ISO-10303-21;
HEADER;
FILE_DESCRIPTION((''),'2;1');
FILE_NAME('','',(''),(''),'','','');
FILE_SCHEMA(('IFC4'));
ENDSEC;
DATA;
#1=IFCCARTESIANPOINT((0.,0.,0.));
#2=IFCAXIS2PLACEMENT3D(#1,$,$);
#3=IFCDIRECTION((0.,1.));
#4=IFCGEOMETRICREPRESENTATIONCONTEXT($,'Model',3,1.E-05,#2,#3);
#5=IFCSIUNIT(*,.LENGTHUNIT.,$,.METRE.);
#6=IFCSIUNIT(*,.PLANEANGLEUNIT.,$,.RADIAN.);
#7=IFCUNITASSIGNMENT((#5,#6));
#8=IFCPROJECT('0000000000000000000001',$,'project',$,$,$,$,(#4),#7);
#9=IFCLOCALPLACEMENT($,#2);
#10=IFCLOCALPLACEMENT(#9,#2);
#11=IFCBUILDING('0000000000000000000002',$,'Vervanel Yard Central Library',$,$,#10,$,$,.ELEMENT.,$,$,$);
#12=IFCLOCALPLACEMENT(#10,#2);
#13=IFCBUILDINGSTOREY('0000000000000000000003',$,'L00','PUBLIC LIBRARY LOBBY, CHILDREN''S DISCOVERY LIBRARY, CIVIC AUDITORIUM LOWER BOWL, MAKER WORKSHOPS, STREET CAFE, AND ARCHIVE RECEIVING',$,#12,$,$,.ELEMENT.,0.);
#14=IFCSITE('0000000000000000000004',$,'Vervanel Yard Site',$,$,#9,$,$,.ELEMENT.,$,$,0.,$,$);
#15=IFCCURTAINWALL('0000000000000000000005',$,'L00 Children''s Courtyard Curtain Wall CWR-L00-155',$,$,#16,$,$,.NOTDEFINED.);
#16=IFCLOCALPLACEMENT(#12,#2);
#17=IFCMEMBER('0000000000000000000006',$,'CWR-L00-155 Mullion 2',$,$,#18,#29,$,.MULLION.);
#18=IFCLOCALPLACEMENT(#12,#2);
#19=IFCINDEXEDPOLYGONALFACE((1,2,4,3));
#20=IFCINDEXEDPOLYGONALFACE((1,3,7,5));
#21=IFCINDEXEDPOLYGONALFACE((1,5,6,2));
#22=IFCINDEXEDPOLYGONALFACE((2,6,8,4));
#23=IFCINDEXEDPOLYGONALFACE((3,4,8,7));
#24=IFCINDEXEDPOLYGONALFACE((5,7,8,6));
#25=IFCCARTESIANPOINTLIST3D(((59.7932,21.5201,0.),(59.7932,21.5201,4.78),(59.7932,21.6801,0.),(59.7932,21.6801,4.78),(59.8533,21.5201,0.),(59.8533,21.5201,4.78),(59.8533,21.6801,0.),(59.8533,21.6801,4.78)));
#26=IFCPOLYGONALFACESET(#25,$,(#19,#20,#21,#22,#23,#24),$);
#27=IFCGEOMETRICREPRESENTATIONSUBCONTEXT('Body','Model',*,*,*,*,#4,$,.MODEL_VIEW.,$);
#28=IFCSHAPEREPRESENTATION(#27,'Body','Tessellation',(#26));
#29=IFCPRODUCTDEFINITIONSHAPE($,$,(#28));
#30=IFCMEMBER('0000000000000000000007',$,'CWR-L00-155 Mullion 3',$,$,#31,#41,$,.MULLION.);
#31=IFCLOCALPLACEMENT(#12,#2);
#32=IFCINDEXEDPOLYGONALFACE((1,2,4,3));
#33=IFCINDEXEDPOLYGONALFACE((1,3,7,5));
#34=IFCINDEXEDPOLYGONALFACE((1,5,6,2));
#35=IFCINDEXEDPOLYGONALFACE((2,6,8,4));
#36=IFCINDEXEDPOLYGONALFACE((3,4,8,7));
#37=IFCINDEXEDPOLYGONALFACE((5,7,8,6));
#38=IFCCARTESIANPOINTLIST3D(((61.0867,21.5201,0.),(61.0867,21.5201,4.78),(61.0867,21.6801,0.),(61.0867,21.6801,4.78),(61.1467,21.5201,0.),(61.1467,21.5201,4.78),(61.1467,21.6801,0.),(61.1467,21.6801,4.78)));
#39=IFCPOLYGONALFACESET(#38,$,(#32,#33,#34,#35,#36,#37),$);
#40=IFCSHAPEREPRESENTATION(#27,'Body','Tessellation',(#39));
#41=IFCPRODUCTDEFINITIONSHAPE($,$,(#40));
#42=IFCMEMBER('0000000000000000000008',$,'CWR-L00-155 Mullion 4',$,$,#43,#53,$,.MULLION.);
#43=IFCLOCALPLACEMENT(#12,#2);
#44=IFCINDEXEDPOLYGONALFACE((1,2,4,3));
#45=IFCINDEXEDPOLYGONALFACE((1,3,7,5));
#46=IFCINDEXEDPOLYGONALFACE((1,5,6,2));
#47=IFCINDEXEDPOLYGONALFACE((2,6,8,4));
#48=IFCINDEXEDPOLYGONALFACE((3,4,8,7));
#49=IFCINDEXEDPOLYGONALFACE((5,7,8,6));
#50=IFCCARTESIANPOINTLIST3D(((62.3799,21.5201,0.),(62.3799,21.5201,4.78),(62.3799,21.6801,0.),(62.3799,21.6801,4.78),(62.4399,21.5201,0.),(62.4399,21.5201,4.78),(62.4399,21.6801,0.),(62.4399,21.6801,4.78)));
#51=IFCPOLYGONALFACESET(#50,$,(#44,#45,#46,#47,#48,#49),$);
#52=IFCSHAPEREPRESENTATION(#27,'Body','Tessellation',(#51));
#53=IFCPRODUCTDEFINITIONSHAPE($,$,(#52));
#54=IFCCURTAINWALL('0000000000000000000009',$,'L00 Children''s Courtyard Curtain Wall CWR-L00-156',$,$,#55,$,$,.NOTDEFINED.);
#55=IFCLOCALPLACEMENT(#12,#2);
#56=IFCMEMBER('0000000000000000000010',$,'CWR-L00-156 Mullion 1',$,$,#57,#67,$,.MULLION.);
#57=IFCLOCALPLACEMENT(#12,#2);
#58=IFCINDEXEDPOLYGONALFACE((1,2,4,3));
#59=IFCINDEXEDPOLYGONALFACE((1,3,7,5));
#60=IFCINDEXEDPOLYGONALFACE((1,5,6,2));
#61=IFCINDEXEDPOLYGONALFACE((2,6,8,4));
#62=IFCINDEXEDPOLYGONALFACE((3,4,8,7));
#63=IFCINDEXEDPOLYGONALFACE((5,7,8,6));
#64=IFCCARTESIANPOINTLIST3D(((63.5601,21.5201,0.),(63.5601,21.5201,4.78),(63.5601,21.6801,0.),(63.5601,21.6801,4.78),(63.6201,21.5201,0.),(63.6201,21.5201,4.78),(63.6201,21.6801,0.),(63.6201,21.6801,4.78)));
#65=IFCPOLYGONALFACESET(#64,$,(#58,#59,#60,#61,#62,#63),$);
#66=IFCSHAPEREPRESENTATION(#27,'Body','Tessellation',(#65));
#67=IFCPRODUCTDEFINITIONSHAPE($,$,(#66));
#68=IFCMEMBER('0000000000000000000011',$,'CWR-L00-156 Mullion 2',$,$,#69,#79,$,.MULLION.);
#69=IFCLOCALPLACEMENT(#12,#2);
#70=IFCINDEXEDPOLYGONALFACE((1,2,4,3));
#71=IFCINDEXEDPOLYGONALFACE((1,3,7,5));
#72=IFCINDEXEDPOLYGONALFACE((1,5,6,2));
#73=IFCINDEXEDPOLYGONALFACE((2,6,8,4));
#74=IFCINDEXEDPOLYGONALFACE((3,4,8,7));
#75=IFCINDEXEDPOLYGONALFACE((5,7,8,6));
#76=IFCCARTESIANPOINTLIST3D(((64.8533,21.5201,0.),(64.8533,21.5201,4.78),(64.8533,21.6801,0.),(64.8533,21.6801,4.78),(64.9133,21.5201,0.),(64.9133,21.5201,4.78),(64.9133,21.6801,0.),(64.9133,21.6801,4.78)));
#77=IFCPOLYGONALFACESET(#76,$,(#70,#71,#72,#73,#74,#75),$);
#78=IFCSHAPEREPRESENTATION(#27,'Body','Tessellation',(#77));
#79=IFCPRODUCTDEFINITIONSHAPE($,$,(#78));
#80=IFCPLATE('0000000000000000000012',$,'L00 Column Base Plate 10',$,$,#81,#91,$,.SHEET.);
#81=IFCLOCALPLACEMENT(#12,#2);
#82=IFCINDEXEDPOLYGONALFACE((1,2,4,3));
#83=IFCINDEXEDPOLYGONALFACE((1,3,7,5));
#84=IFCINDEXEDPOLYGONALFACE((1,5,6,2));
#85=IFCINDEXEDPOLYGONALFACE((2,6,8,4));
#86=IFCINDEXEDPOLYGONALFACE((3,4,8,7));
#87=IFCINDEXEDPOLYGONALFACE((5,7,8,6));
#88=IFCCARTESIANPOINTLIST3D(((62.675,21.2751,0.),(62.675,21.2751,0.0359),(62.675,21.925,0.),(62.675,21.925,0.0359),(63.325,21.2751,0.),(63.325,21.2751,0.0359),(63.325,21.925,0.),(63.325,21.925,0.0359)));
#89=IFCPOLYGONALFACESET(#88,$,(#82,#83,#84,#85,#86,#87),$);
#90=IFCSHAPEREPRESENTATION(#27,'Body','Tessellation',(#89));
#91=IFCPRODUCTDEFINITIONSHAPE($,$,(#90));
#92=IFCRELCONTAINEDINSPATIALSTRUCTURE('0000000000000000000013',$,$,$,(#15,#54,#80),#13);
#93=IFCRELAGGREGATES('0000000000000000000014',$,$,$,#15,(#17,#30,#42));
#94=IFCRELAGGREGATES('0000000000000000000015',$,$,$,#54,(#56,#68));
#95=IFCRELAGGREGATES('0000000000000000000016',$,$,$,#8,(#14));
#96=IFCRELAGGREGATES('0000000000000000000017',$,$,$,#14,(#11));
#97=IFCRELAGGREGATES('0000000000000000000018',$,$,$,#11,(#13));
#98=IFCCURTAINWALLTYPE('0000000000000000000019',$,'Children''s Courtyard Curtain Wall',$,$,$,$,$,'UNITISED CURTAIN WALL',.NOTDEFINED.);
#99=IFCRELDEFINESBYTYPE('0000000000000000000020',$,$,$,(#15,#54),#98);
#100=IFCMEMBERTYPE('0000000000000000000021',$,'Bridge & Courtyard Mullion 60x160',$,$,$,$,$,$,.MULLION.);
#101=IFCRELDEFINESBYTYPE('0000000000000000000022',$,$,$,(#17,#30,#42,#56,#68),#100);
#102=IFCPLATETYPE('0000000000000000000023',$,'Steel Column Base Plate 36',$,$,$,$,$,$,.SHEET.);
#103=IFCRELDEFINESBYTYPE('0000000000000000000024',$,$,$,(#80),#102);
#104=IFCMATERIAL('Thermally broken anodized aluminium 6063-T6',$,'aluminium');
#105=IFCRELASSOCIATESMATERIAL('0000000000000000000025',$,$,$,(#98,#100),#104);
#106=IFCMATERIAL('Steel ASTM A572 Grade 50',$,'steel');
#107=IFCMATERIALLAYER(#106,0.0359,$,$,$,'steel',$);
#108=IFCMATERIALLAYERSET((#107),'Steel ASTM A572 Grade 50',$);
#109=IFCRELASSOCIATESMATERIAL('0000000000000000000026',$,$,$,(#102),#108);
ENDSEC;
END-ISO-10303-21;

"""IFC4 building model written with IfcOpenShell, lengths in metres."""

from ifc_helpers import new_model, si_unit, direction, frame, origin, origin_2d, place, context, subcontext, project, spatial, rectangle, extrude, material, layer, layer_set, material_profile, profile_set, type_object, element, aggregate, save


model = new_model("IFC4")

# Units and contexts
model_context = context("Model", 3, precision=1e-05, world=origin(), true_north=direction((0.0, 1.0)))
body_context = subcontext(model_context, "Body", "Model", "MODEL_VIEW")
ifc_project = project(units=[si_unit("LENGTHUNIT", "METRE"), si_unit("PLANEANGLEUNIT", "RADIAN")], contexts=[model_context])

# Site, building, storey
site_placement = place(None, origin())
site = spatial("IfcSite", under=ifc_project, at=site_placement, Name="Vervanel Yard Site", CompositionType="ELEMENT", RefElevation=0.0)
building_placement = place(site_placement, origin())
building = spatial("IfcBuilding", under=site, at=building_placement, Name="Vervanel Yard Central Library", CompositionType="ELEMENT")
storey_placement = place(building_placement, origin())
storey = spatial("IfcBuildingStorey", under=building, at=storey_placement, Name="L00", Description="PUBLIC LIBRARY LOBBY, CHILDREN'S DISCOVERY LIBRARY, CIVIC AUDITORIUM LOWER BOWL, MAKER WORKSHOPS, STREET CAFE, AND ARCHIVE RECEIVING", CompositionType="ELEMENT", Elevation=0.0)

# Shared definitions
ifc_material_1 = material(Name="Thermally broken anodized aluminium 6063-T6", Category="aluminium")
curtain_wall_type = type_object("IfcCurtainWallType", Name="Children's Courtyard Curtain Wall", ElementType="UNITISED CURTAIN WALL", PredefinedType="NOTDEFINED", material=ifc_material_1)
ifc_material_profile_1 = material_profile(ifc_material_1, rectangle(XDim=0.0601, YDim=0.1599, at=origin_2d()), Name="ALU 60x160", Category="aluminium")
ifc_profile_set_1 = profile_set([ifc_material_profile_1], Name="Thermally broken anodized aluminium 6063-T6")
member_type = type_object("IfcMemberType", Name="Bridge & Courtyard Mullion 60x160", PredefinedType="MULLION", material=ifc_profile_set_1)

# Curtain walls, members
curtain_wall_1_placement = place(storey_placement, origin())
curtain_wall_1 = element("IfcCurtainWall", 1, at=curtain_wall_1_placement, inside=storey, type_object=curtain_wall_type, Name="L00 Children's Courtyard Curtain Wall CWR-L00-155", PredefinedType="NOTDEFINED")
member_1_placement = place(storey_placement, frame((59.8232, 21.6001, 0.0), z_axis=(0.0, 0.0, 1.0), x_axis=(1.0, 0.0, 0.0)))
member_1 = element("IfcMember", 2, at=member_1_placement, type_object=member_type, Name="CWR-L00-155 Mullion 2", PredefinedType="MULLION", context=body_context, shape_type="SweptSolid", body=[
    extrude(rectangle(XDim=0.0601, YDim=0.1599, at=origin_2d()), origin(), (0.0, 0.0, 1.0), 4.78),
])
member_2_placement = place(storey_placement, frame((61.1167, 21.6001, 0.0), z_axis=(0.0, 0.0, 1.0), x_axis=(1.0, 0.0, 0.0)))
member_2 = element("IfcMember", 3, at=member_2_placement, type_object=member_type, Name="CWR-L00-155 Mullion 3", PredefinedType="MULLION", context=body_context, shape_type="SweptSolid", body=[
    extrude(rectangle(XDim=0.0601, YDim=0.1599, at=origin_2d()), origin(), (0.0, 0.0, 1.0), 4.78),
])
member_3_placement = place(storey_placement, frame((62.4099, 21.6001, 0.0), z_axis=(0.0, 0.0, 1.0), x_axis=(1.0, 0.0, 0.0)))
member_3 = element("IfcMember", 4, at=member_3_placement, type_object=member_type, Name="CWR-L00-155 Mullion 4", PredefinedType="MULLION", context=body_context, shape_type="SweptSolid", body=[
    extrude(rectangle(XDim=0.0601, YDim=0.1599, at=origin_2d()), origin(), (0.0, 0.0, 1.0), 4.78),
])
aggregate(curtain_wall_1, [member_1, member_2, member_3])
curtain_wall_2_placement = place(storey_placement, origin())
curtain_wall_2 = element("IfcCurtainWall", 5, at=curtain_wall_2_placement, inside=storey, type_object=curtain_wall_type, Name="L00 Children's Courtyard Curtain Wall CWR-L00-156", PredefinedType="NOTDEFINED")
member_4_placement = place(storey_placement, frame((63.5901, 21.6001, 0.0), z_axis=(0.0, 0.0, 1.0), x_axis=(1.0, 0.0, 0.0)))
member_4 = element("IfcMember", 6, at=member_4_placement, type_object=member_type, Name="CWR-L00-156 Mullion 1", PredefinedType="MULLION", context=body_context, shape_type="SweptSolid", body=[
    extrude(rectangle(XDim=0.0601, YDim=0.1599, at=origin_2d()), origin(), (0.0, 0.0, 1.0), 4.78),
])
member_5_placement = place(storey_placement, frame((64.8833, 21.6001, 0.0), z_axis=(0.0, 0.0, 1.0), x_axis=(1.0, 0.0, 0.0)))
member_5 = element("IfcMember", 7, at=member_5_placement, type_object=member_type, Name="CWR-L00-156 Mullion 2", PredefinedType="MULLION", context=body_context, shape_type="SweptSolid", body=[
    extrude(rectangle(XDim=0.0601, YDim=0.1599, at=origin_2d()), origin(), (0.0, 0.0, 1.0), 4.78),
])
aggregate(curtain_wall_2, [member_4, member_5])

# Plate
ifc_material_2 = material(Name="Steel ASTM A572 Grade 50", Category="steel")
ifc_layer = layer(ifc_material_2, 0.0359, Category="steel")
ifc_layer_set = layer_set([ifc_layer], Name="Steel ASTM A572 Grade 50")
plate_type = type_object("IfcPlateType", Name="Steel Column Base Plate 36", PredefinedType="SHEET", material=ifc_layer_set)
plate_placement = place(storey_placement, frame((63.0, 21.6001, 0.0), z_axis=(0.0, 0.0, 1.0), x_axis=(1.0, 0.0, 0.0)))
element("IfcPlate", 8, at=plate_placement, inside=storey, type_object=plate_type, Name="L00 Column Base Plate 10", PredefinedType="SHEET", context=body_context, shape_type="SweptSolid", body=[
    extrude(rectangle(XDim=0.6499, YDim=0.6499, at=origin_2d()), origin(), (0.0, 0.0, 1.0), 0.0359),
])

save(model, "model.ifc")
